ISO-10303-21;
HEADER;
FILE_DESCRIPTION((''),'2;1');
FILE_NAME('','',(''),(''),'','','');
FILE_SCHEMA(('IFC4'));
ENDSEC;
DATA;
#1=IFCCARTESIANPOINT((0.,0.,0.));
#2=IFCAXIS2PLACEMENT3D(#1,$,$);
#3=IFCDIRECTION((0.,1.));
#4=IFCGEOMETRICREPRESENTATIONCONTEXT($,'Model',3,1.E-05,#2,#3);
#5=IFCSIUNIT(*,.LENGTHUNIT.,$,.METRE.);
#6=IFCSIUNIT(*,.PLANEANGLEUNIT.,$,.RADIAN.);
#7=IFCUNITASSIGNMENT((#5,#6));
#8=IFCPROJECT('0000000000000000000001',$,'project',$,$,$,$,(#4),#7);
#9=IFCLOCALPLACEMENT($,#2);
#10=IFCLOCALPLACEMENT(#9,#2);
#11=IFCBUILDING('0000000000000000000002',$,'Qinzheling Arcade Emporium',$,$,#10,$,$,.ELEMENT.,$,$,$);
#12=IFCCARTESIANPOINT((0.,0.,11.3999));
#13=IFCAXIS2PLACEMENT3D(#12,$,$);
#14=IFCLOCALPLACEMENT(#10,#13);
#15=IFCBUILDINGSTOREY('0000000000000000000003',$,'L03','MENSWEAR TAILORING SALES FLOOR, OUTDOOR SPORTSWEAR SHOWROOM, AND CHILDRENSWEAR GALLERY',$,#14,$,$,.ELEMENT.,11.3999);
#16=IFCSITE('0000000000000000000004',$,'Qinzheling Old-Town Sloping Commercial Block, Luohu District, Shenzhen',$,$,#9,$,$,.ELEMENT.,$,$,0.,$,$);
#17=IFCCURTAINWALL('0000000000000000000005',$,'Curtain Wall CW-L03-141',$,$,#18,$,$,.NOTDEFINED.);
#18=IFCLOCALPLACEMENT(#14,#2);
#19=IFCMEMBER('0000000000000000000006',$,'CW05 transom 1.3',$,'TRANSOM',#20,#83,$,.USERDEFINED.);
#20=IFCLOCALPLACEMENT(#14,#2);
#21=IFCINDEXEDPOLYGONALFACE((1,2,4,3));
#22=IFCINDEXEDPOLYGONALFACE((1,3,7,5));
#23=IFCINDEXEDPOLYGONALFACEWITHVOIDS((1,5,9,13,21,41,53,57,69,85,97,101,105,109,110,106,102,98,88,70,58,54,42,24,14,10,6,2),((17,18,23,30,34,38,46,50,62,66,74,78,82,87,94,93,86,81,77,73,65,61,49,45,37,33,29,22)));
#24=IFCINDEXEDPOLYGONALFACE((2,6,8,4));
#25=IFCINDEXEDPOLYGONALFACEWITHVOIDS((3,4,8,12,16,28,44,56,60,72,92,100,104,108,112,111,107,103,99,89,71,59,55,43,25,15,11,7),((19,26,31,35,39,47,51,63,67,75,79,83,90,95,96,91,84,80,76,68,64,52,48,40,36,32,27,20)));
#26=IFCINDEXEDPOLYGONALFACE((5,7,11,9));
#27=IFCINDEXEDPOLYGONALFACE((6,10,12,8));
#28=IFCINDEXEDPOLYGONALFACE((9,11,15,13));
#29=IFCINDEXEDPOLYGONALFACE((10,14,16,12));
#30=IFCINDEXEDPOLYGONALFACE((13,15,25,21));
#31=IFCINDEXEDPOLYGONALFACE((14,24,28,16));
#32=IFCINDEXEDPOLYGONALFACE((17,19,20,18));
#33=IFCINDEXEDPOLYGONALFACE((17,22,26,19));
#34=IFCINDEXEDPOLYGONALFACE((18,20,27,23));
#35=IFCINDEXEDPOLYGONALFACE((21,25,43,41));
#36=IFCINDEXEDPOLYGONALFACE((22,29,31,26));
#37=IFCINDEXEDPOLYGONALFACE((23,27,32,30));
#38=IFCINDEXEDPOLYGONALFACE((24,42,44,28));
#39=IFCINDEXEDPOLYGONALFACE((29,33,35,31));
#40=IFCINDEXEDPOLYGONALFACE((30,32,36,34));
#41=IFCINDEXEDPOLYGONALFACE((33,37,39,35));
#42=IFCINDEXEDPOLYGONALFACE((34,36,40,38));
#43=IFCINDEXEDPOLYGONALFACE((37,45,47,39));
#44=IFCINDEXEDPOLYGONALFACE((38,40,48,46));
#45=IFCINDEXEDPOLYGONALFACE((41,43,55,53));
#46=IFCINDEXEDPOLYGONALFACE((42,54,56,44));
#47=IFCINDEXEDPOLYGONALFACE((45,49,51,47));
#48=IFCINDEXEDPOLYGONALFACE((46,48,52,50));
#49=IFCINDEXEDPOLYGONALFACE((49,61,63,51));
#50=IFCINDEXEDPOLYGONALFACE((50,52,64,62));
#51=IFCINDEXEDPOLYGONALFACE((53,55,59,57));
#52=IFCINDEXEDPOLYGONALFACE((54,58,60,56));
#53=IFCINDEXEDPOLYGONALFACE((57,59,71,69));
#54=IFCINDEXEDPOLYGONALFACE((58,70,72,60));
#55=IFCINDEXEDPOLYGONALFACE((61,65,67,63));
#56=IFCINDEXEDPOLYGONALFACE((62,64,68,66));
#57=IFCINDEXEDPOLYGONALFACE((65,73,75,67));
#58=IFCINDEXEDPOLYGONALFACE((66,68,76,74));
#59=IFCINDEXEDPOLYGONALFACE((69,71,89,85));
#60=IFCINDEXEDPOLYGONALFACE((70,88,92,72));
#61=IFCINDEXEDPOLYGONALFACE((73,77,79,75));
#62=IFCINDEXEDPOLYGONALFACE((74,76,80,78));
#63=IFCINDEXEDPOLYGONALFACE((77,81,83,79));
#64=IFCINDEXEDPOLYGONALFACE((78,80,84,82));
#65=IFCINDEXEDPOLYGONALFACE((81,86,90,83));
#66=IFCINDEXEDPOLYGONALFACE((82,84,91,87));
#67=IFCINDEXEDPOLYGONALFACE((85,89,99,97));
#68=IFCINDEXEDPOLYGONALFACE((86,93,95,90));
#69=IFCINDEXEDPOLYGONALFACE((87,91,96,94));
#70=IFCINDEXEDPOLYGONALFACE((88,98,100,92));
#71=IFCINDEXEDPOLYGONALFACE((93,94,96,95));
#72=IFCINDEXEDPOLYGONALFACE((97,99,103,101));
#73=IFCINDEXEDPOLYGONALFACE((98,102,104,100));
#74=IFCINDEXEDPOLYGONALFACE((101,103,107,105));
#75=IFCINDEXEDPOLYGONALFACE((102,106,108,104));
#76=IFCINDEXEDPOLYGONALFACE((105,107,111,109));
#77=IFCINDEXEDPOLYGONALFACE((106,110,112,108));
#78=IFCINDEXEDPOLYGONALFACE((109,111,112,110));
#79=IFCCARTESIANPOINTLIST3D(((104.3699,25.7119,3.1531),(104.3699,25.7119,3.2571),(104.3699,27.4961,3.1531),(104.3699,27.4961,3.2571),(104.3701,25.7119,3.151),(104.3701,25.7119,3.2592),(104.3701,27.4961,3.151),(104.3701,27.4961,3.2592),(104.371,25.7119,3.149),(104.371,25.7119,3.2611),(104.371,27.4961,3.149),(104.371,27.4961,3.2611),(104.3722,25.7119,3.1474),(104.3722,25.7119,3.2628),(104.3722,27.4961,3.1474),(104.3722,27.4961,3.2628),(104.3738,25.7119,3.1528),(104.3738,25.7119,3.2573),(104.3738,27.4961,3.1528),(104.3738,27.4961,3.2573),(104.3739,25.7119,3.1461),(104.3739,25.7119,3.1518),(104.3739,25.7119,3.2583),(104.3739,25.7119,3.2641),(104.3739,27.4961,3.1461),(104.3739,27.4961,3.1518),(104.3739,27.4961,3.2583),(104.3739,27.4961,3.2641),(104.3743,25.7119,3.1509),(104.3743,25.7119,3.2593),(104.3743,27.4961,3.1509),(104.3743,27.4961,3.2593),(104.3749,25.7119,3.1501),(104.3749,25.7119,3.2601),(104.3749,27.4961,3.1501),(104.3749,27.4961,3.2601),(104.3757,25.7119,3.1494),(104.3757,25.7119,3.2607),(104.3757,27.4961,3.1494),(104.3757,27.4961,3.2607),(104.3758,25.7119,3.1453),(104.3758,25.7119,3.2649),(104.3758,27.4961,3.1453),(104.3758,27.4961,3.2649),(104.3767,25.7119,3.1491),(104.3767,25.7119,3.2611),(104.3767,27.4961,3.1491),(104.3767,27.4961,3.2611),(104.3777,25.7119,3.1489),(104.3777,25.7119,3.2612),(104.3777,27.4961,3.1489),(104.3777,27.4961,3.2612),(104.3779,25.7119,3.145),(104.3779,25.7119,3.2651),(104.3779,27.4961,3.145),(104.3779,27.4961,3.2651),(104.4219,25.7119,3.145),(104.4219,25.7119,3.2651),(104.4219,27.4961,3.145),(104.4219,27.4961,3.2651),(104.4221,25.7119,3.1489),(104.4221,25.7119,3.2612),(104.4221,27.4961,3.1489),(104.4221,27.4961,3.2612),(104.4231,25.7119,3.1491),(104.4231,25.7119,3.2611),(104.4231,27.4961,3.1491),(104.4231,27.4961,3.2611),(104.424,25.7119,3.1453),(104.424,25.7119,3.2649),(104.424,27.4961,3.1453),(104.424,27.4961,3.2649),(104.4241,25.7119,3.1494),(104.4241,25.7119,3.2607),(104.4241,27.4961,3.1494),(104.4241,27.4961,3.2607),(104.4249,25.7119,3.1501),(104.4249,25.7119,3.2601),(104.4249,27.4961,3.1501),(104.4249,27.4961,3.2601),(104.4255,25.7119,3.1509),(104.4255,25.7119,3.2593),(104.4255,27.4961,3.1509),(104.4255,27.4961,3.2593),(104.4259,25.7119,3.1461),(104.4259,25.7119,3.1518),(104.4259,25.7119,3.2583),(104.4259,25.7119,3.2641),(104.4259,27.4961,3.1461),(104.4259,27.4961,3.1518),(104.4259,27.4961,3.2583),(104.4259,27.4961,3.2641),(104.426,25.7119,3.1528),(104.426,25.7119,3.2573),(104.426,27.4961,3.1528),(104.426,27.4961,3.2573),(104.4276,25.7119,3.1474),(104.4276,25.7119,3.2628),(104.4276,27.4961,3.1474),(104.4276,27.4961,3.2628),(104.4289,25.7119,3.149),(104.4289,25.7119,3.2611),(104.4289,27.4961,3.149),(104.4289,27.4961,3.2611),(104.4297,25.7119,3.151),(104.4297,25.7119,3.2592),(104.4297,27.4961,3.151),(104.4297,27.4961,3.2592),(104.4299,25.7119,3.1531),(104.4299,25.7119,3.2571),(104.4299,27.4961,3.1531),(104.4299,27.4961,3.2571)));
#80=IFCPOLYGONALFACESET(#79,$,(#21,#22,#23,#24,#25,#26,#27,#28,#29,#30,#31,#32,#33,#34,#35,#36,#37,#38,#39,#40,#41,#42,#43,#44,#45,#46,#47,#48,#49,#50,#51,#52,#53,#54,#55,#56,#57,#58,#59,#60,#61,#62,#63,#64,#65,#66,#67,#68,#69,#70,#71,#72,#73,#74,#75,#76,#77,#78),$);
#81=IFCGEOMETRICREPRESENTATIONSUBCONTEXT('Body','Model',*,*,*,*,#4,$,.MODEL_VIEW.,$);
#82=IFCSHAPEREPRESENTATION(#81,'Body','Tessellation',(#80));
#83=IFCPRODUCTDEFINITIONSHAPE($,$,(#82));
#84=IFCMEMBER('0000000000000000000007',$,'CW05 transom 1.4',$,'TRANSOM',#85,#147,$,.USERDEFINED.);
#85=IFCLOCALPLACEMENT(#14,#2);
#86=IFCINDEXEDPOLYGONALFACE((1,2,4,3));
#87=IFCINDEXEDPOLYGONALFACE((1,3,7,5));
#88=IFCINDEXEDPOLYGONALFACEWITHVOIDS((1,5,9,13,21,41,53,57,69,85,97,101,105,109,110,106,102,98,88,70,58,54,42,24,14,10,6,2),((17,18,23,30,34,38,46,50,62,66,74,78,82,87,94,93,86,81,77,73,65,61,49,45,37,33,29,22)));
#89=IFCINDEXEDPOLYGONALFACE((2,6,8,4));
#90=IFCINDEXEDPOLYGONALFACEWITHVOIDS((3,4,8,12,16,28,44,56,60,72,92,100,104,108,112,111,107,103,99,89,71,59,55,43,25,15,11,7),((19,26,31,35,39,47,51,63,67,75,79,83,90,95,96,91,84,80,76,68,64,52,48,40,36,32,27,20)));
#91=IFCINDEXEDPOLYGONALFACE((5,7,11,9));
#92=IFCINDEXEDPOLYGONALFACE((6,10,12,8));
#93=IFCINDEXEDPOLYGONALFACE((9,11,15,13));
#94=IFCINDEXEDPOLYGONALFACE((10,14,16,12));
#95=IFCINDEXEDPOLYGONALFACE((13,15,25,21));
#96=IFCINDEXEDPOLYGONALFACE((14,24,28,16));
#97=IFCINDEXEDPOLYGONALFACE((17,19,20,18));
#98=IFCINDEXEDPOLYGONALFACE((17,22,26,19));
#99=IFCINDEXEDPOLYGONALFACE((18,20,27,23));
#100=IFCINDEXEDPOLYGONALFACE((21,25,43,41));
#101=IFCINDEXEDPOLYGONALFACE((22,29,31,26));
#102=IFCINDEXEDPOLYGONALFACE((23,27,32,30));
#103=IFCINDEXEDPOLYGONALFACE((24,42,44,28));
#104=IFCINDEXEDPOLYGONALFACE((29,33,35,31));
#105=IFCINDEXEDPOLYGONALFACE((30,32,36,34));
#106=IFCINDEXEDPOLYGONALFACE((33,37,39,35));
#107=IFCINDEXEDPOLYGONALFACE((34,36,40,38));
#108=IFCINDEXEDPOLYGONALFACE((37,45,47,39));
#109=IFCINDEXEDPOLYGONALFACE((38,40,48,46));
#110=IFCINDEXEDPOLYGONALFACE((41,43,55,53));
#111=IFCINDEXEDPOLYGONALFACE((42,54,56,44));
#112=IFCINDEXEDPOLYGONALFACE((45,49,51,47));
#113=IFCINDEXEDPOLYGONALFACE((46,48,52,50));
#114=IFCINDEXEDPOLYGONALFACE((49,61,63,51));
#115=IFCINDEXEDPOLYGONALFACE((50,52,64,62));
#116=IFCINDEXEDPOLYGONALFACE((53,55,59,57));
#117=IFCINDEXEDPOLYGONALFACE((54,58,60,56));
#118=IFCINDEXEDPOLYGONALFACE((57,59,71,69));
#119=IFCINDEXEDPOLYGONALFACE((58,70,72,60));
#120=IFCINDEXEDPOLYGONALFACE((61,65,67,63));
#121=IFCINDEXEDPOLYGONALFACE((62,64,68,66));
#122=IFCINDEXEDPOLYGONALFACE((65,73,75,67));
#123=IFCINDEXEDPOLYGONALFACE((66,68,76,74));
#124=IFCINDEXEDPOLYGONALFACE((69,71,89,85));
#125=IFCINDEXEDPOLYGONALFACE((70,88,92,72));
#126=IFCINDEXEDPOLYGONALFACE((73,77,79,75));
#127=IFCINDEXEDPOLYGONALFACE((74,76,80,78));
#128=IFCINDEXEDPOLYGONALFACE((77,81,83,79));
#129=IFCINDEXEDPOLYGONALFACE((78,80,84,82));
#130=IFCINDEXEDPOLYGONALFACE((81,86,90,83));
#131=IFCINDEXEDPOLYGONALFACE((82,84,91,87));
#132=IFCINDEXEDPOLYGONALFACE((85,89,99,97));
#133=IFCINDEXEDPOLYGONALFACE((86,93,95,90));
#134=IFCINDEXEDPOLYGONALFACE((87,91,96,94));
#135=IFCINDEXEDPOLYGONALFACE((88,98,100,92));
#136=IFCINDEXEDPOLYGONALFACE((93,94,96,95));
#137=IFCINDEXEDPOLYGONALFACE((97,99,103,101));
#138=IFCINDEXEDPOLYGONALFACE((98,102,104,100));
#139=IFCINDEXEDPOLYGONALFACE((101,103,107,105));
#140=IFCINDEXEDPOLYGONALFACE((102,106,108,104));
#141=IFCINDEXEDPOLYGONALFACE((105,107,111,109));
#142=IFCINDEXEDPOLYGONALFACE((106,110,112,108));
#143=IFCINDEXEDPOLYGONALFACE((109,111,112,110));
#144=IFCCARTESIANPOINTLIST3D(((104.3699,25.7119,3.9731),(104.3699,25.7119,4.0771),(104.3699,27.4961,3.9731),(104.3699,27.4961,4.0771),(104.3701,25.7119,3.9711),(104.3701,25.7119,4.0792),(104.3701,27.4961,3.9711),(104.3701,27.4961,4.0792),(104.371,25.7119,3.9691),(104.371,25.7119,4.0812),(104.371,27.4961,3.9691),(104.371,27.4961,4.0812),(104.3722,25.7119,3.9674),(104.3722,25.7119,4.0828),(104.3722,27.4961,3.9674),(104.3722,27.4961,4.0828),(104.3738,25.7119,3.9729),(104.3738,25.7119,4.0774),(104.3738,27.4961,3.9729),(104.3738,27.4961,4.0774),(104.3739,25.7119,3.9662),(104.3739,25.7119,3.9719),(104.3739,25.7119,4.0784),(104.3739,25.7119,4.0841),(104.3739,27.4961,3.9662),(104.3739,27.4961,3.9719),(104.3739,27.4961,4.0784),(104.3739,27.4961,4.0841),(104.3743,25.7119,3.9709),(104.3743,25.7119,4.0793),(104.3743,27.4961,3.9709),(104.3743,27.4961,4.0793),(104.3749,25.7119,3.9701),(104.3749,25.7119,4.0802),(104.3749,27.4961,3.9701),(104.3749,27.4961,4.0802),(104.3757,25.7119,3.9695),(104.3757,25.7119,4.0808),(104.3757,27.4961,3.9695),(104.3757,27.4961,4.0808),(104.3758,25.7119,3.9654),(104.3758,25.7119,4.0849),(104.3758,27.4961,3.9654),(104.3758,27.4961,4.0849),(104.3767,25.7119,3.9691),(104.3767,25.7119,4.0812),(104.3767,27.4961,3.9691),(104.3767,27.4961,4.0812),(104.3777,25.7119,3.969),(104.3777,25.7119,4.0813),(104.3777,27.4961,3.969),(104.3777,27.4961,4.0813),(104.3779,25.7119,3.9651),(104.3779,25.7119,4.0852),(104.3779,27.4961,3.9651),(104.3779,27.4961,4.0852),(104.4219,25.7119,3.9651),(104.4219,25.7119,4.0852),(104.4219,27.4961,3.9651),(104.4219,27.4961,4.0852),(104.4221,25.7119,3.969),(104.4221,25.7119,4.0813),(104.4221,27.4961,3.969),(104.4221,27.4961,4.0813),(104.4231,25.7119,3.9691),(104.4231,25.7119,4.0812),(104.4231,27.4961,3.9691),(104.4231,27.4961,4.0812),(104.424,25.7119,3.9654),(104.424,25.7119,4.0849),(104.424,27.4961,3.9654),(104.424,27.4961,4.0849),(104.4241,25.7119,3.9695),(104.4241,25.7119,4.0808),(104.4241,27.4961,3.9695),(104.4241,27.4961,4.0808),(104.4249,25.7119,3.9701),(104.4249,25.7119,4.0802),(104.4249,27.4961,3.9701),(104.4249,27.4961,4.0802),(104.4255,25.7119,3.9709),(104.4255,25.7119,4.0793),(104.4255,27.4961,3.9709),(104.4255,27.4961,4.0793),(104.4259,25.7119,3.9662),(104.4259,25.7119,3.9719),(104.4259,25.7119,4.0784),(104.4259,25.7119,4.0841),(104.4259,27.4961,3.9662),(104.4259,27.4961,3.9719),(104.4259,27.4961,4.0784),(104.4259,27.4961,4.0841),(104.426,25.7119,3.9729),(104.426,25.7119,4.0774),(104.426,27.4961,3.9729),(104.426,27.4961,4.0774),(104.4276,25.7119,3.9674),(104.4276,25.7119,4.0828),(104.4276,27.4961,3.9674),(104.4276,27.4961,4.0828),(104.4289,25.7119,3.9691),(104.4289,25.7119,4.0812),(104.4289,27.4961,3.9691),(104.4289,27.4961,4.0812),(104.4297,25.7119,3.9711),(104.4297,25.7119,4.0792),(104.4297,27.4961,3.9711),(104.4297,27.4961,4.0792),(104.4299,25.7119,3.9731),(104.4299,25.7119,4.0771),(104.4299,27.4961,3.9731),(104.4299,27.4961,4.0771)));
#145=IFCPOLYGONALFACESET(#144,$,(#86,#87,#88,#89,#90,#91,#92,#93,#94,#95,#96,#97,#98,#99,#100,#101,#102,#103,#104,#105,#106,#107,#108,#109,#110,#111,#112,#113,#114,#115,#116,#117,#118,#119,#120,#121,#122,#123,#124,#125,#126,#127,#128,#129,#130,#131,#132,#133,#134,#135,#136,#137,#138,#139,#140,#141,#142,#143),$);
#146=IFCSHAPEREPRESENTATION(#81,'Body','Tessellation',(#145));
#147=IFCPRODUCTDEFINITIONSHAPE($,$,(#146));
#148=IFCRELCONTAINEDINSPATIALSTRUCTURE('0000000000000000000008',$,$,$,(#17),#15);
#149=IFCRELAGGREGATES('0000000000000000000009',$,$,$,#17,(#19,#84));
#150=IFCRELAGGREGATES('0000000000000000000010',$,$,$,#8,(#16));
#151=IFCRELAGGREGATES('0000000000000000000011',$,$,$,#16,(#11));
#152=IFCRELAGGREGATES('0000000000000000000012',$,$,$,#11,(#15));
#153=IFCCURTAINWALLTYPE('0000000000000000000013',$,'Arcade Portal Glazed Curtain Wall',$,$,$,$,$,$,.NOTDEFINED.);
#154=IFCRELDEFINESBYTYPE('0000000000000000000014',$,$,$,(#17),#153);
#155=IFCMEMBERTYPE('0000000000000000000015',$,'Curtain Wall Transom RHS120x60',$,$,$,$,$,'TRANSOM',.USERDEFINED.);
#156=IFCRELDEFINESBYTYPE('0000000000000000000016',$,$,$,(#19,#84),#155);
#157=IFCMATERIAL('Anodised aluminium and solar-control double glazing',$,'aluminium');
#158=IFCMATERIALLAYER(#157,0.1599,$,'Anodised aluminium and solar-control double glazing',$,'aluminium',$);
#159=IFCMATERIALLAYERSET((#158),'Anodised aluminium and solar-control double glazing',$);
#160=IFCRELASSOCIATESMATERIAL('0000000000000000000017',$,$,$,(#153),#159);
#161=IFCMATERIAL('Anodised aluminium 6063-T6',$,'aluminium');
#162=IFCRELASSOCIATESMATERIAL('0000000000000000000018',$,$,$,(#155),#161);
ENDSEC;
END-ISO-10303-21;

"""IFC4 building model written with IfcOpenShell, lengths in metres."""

from ifc_helpers import new_model, si_unit, direction, frame, origin, origin_2d, place, context, subcontext, project, spatial, hollow_rectangle, extrude, material, layer, layer_set, material_profile, profile_set, type_object, element, aggregate, save


model = new_model("IFC4")

# Units and contexts
model_context = context("Model", 3, precision=1e-05, world=origin(), true_north=direction((0.0, 1.0)))
body_context = subcontext(model_context, "Body", "Model", "MODEL_VIEW")
ifc_project = project(units=[si_unit("LENGTHUNIT", "METRE"), si_unit("PLANEANGLEUNIT", "RADIAN")], contexts=[model_context])

# Site, building, storey
site_placement = place(None, origin())
site = spatial("IfcSite", under=ifc_project, at=site_placement, Name="Qinzheling Old-Town Sloping Commercial Block, Luohu District, Shenzhen", CompositionType="ELEMENT", RefElevation=0.0)
building_placement = place(site_placement, origin())
building = spatial("IfcBuilding", under=site, at=building_placement, Name="Qinzheling Arcade Emporium", CompositionType="ELEMENT")
storey_placement = place(building_placement, frame((0.0, 0.0, 11.3999)))
storey = spatial("IfcBuildingStorey", under=building, at=storey_placement, Name="L03", Description="MENSWEAR TAILORING SALES FLOOR, OUTDOOR SPORTSWEAR SHOWROOM, AND CHILDRENSWEAR GALLERY", CompositionType="ELEMENT", Elevation=11.3999)

# Curtain wall, members
ifc_material_1 = material(Name="Anodised aluminium and solar-control double glazing", Category="aluminium")
ifc_layer_1 = layer(ifc_material_1, 0.1599, Name="Anodised aluminium and solar-control double glazing", Category="aluminium")
ifc_layer_set_1 = layer_set([ifc_layer_1], Name="Anodised aluminium and solar-control double glazing")
curtain_wall_type = type_object("IfcCurtainWallType", Name="Arcade Portal Glazed Curtain Wall", PredefinedType="NOTDEFINED", material=ifc_layer_set_1)
curtain_wall_placement = place(storey_placement, origin())
curtain_wall = element("IfcCurtainWall", 1, at=curtain_wall_placement, inside=storey, type_object=curtain_wall_type, Name="Curtain Wall CW-L03-141", PredefinedType="NOTDEFINED")
ifc_material_2 = material(Name="Anodised aluminium 6063-T6", Category="aluminium")
ifc_material_profile_1 = material_profile(ifc_material_2, hollow_rectangle(XDim=0.0601, YDim=0.1201, WallThickness=0.0039, InnerFilletRadius=0.0039, OuterFilletRadius=0.0081, at=origin_2d()), Name="RHS 120x60x4", Category="aluminium")
ifc_profile_set_1 = profile_set([ifc_material_profile_1], Name="Anodised aluminium 6063-T6")
member_type_1 = type_object("IfcMemberType", Name="Curtain Wall Transom RHS120x60", ElementType="TRANSOM", PredefinedType="USERDEFINED", material=ifc_profile_set_1)
member_1_placement = place(storey_placement, frame((104.3999, 25.7119, 3.2051), z_axis=(0.0, 1.0, 0.0), x_axis=(-1.0, 0.0, 0.0)))
member_1 = element("IfcMember", 2, at=member_1_placement, type_object=member_type_1, Name="CW05 transom 1.3", ObjectType="TRANSOM", PredefinedType="USERDEFINED", context=body_context, shape_type="SweptSolid", body=[
    extrude(hollow_rectangle(XDim=0.0601, YDim=0.1201, WallThickness=0.0039, InnerFilletRadius=0.0039, OuterFilletRadius=0.0081, at=origin_2d()), origin(), (0.0, 0.0, 1.0), 1.7842),
])
member_2_placement = place(storey_placement, frame((104.3999, 25.7119, 4.0251), z_axis=(0.0, 1.0, 0.0), x_axis=(-1.0, 0.0, 0.0)))
member_2 = element("IfcMember", 3, at=member_2_placement, type_object=member_type_1, Name="CW05 transom 1.4", ObjectType="TRANSOM", PredefinedType="USERDEFINED", context=body_context, shape_type="SweptSolid", body=[
    extrude(hollow_rectangle(XDim=0.0601, YDim=0.1201, WallThickness=0.0039, InnerFilletRadius=0.0039, OuterFilletRadius=0.0081, at=origin_2d()), origin(), (0.0, 0.0, 1.0), 1.7842),
])
aggregate(curtain_wall, [member_1, member_2])

save(model, "model.ifc")
